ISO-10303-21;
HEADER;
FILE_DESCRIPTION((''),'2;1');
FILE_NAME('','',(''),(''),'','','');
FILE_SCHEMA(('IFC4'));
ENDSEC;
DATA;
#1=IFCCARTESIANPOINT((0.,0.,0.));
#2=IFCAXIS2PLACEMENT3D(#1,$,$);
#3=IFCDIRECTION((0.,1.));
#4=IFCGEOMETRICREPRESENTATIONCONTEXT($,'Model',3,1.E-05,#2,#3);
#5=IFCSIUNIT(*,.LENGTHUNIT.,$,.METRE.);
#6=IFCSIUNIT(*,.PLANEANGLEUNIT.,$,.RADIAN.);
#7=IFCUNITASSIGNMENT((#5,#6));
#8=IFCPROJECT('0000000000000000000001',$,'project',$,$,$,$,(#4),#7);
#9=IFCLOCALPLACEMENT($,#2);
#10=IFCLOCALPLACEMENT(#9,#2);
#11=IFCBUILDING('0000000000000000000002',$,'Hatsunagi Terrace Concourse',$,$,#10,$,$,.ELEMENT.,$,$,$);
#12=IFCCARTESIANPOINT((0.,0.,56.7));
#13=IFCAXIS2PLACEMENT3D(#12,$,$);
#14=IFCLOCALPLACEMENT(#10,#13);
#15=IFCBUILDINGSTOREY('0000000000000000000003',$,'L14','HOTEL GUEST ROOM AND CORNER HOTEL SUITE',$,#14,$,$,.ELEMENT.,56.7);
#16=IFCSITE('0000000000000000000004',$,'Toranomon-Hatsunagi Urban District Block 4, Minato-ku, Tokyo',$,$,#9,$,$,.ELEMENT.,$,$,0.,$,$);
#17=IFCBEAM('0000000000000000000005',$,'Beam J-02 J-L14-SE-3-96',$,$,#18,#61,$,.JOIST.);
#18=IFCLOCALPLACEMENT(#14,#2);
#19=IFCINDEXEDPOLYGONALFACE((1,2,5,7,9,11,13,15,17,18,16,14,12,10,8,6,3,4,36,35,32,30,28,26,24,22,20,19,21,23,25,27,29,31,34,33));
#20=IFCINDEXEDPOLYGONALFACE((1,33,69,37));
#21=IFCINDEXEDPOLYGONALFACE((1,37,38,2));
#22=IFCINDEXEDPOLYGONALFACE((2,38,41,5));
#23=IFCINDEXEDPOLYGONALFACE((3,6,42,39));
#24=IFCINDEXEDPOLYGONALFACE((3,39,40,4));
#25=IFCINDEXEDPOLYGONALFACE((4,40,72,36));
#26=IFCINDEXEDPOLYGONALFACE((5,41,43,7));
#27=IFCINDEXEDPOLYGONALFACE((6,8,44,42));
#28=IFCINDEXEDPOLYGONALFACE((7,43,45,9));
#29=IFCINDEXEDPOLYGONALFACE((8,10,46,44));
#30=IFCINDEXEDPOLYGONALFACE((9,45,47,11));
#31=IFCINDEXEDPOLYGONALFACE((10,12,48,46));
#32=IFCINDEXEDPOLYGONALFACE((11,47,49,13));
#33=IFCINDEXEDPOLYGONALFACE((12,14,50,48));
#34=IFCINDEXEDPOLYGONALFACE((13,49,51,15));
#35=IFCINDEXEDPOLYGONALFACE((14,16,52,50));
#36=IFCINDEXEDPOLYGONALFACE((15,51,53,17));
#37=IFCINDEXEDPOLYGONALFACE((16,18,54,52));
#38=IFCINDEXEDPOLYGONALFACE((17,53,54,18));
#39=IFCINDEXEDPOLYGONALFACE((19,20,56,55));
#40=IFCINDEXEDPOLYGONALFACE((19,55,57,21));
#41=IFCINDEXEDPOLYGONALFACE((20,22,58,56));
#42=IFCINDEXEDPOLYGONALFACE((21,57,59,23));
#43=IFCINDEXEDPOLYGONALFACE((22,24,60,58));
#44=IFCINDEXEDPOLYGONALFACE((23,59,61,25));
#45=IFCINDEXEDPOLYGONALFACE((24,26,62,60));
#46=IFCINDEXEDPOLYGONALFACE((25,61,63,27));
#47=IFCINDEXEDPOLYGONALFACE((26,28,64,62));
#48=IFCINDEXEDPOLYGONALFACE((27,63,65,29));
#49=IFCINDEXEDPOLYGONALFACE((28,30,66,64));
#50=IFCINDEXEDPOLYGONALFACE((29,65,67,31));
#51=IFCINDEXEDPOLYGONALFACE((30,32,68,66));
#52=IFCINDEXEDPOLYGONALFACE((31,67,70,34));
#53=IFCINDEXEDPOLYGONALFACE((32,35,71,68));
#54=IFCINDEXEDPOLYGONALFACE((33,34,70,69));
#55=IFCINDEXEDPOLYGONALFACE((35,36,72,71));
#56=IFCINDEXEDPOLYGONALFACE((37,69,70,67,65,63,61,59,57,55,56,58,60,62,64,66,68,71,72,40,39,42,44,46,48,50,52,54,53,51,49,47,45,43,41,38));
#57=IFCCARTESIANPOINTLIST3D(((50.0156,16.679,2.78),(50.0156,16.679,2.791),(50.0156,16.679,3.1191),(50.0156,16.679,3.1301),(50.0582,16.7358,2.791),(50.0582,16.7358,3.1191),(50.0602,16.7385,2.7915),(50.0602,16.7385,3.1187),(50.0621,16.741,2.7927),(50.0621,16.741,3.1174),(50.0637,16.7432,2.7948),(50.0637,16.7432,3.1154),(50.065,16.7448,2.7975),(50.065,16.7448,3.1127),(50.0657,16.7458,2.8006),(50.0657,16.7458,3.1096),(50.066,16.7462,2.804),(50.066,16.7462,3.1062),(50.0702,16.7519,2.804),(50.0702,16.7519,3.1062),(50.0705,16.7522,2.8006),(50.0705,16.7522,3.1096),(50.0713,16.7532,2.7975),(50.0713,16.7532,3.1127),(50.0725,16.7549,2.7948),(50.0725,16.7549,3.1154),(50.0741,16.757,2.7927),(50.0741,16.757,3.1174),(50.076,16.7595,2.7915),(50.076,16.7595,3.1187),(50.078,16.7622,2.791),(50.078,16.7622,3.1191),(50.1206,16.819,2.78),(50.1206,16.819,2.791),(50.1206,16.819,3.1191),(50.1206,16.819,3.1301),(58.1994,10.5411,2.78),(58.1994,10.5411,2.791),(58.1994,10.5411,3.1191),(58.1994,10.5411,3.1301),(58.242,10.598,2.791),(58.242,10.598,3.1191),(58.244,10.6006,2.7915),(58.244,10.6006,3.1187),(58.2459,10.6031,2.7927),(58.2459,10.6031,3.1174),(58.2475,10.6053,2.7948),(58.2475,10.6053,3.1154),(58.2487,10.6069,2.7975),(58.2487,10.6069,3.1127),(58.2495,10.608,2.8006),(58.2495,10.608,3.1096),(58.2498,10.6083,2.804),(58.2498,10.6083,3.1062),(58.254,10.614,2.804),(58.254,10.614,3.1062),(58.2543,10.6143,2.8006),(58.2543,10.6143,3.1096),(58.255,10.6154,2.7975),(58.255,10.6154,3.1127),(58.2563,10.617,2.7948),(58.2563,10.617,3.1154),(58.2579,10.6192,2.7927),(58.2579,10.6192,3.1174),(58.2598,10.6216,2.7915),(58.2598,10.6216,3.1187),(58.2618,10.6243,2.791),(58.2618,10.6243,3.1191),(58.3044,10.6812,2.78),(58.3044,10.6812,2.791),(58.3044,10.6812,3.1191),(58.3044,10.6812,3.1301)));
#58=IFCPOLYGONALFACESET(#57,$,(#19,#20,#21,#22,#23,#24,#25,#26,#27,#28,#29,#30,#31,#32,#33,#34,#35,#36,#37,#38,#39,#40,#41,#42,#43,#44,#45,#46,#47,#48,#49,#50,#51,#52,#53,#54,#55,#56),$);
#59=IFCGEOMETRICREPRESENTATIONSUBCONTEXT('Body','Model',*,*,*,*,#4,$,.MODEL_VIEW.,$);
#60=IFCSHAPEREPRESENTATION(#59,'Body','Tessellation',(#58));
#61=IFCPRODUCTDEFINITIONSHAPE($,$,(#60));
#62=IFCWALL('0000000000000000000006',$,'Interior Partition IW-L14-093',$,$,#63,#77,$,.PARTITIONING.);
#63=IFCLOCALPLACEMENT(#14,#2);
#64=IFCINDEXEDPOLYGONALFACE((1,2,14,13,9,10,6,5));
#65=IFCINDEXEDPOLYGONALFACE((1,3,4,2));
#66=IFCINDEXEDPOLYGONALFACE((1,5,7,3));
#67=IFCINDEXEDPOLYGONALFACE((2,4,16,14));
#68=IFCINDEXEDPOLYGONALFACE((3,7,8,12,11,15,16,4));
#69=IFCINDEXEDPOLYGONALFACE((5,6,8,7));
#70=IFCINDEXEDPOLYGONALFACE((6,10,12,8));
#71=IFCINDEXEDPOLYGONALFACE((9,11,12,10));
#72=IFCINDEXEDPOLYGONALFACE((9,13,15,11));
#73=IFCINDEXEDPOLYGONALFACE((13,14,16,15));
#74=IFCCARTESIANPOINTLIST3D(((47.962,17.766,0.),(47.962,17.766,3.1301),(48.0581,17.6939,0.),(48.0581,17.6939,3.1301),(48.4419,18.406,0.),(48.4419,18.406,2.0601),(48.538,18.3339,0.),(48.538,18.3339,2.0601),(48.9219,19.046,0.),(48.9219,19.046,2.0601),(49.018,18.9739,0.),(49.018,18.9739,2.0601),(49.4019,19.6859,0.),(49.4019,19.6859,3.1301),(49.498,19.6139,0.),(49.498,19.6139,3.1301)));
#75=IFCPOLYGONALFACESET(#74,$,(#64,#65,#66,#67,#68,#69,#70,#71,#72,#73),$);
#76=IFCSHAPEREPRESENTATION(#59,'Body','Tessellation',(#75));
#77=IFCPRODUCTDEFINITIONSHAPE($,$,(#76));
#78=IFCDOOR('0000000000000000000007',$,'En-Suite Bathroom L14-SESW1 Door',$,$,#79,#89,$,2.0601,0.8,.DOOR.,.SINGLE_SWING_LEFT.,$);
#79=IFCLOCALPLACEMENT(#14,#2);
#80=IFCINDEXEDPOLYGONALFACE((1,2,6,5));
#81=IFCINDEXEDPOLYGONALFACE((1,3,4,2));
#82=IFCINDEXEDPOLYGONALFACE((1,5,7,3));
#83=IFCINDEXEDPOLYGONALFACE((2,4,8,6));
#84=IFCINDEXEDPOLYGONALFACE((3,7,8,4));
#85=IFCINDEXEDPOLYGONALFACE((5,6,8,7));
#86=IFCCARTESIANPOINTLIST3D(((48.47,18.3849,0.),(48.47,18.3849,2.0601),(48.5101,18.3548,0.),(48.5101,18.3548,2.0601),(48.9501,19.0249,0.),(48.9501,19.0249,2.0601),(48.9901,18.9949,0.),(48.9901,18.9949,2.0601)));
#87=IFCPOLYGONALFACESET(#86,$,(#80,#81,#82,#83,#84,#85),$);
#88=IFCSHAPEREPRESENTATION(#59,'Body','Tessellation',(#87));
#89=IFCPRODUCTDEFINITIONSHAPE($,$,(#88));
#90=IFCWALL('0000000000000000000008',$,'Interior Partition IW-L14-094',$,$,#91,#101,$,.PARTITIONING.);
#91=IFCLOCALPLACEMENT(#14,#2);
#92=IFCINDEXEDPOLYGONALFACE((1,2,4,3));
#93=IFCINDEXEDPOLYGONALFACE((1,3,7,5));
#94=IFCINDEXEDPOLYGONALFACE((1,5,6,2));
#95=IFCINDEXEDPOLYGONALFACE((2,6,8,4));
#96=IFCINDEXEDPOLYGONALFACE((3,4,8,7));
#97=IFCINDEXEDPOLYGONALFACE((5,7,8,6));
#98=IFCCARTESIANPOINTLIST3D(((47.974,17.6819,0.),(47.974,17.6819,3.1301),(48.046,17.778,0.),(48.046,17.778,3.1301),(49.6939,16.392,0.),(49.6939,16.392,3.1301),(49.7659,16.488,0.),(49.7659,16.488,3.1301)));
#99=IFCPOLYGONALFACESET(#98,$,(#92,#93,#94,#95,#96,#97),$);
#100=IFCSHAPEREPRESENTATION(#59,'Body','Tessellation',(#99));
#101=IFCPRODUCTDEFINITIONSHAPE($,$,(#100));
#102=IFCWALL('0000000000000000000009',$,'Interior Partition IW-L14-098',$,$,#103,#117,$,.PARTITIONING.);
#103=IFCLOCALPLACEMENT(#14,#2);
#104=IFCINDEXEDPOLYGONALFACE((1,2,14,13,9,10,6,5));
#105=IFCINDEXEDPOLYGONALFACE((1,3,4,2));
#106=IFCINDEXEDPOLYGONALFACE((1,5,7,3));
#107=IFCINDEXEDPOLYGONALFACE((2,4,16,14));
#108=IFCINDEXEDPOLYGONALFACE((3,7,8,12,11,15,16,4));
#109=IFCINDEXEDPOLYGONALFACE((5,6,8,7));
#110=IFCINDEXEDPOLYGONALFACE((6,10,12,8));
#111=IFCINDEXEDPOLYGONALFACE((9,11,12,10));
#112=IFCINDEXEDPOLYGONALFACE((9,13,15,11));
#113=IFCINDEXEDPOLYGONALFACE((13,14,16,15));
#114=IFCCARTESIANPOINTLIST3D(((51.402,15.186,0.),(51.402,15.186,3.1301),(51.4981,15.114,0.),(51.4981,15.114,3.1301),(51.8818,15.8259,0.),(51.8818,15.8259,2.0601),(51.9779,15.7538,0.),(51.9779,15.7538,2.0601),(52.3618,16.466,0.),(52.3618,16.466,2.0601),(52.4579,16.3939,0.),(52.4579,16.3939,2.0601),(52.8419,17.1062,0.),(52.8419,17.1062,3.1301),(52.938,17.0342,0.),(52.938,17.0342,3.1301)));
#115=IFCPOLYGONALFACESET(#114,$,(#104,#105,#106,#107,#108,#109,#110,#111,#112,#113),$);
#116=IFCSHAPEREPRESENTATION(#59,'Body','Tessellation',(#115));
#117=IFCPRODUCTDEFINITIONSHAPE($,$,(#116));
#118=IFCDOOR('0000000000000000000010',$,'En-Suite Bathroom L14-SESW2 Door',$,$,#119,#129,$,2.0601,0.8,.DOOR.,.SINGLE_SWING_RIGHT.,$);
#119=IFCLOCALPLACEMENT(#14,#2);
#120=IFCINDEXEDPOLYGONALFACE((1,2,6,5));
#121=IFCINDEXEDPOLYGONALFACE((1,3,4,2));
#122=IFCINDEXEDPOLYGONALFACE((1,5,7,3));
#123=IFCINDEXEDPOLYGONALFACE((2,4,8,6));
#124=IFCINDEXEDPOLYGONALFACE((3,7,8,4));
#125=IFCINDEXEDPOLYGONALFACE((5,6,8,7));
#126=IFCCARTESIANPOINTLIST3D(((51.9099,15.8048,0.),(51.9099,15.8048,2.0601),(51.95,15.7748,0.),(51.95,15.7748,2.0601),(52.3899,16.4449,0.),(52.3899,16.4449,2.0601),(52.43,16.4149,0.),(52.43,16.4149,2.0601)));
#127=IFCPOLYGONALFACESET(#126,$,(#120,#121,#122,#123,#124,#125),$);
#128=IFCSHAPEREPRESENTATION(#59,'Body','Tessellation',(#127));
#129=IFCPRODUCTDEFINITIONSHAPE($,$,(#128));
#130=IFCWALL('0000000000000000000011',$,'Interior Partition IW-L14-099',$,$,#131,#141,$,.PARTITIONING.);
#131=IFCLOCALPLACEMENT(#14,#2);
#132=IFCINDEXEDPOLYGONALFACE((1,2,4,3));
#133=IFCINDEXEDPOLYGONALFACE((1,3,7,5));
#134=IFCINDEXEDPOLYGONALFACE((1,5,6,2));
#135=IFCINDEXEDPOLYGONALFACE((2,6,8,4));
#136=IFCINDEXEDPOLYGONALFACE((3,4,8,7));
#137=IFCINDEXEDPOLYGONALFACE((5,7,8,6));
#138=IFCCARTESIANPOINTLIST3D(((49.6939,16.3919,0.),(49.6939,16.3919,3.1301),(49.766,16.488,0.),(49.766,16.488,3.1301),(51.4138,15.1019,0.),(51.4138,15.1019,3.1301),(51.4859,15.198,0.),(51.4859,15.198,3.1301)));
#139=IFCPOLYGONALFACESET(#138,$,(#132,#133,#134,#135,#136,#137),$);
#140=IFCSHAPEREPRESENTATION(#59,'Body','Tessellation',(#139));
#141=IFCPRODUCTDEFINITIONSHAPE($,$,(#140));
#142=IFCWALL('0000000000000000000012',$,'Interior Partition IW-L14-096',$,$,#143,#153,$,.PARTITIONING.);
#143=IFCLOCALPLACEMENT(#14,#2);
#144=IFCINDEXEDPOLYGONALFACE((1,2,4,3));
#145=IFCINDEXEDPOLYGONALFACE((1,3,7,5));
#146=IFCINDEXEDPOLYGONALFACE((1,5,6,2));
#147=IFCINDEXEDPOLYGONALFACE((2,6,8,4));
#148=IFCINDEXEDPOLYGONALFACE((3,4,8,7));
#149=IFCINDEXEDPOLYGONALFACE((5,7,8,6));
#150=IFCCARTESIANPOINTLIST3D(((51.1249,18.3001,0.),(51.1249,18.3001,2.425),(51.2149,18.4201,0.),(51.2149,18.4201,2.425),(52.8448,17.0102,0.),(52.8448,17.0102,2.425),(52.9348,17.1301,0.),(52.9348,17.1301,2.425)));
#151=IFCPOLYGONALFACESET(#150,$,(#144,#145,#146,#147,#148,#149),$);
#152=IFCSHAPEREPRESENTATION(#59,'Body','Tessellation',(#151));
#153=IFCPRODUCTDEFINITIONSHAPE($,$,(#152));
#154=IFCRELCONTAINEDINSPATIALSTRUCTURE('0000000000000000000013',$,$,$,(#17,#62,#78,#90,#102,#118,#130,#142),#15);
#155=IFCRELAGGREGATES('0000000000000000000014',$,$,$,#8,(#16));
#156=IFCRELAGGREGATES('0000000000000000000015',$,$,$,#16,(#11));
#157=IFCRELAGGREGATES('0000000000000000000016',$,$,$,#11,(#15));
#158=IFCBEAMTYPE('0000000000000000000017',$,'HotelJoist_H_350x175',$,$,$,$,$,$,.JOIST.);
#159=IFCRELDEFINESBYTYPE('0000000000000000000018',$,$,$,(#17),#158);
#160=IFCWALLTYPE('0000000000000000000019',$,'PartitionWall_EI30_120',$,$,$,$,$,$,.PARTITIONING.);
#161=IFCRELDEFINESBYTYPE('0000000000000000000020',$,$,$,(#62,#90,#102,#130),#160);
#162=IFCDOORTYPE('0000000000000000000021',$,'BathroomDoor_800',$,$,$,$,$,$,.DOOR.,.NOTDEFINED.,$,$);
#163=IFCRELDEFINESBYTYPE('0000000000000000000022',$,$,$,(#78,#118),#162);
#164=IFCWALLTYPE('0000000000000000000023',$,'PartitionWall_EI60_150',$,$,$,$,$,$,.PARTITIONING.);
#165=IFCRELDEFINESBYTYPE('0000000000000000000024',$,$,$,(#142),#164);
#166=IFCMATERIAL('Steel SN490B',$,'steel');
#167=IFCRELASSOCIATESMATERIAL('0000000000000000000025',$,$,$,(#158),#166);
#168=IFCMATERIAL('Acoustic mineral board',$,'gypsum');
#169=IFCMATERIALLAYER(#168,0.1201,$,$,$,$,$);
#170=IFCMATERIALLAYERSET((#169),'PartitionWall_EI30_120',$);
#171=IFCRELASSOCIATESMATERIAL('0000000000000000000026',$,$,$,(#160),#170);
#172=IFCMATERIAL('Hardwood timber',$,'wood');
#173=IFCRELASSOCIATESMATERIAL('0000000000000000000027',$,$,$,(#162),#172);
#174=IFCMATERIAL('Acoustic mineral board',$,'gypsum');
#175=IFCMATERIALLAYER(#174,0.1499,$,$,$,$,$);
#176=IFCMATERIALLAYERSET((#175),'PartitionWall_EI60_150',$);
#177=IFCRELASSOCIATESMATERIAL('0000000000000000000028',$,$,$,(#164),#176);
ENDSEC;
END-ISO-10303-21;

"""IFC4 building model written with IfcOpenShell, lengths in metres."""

from ifc_helpers import new_model, si_unit, direction, frame, frame_2d, origin, origin_2d, place, context, subcontext, project, spatial, rectangle, i_section, extrude, material, layer, layer_set, material_profile, profile_set, type_object, element, fill, save


model = new_model("IFC4")

# Units and contexts
model_context = context("Model", 3, precision=1e-05, world=origin(), true_north=direction((0.0, 1.0)))
body_context = subcontext(model_context, "Body", "Model", "MODEL_VIEW")
ifc_project = project(units=[si_unit("LENGTHUNIT", "METRE"), si_unit("PLANEANGLEUNIT", "RADIAN")], contexts=[model_context])

# Site, building, storey
site_placement = place(None, origin())
site = spatial("IfcSite", under=ifc_project, at=site_placement, Name="Toranomon-Hatsunagi Urban District Block 4, Minato-ku, Tokyo", CompositionType="ELEMENT", RefElevation=0.0)
building_placement = place(site_placement, origin())
building = spatial("IfcBuilding", under=site, at=building_placement, Name="Hatsunagi Terrace Concourse", CompositionType="ELEMENT")
storey_placement = place(building_placement, frame((0.0, 0.0, 56.7)))
storey = spatial("IfcBuildingStorey", under=building, at=storey_placement, Name="L14", Description="HOTEL GUEST ROOM AND CORNER HOTEL SUITE", CompositionType="ELEMENT", Elevation=56.7)

# Beam
ifc_material_1 = material(Name="Steel SN490B", Category="steel")
ifc_material_profile_1 = material_profile(ifc_material_1, i_section(OverallWidth=0.175, OverallDepth=0.3501, WebThickness=0.0071, FlangeThickness=0.011, FilletRadius=0.0129, at=origin_2d()), Name="H-350x175x7x11")
ifc_profile_set_1 = profile_set([ifc_material_profile_1], Name="Steel SN490B")
beam_type_1 = type_object("IfcBeamType", Name="HotelJoist_H_350x175", PredefinedType="JOIST", material=ifc_profile_set_1)
beam_1_placement = place(storey_placement, frame((50.0681, 16.749, 2.9551), z_axis=(0.799997, -0.600004, 0.0), x_axis=(0.600004, 0.799997, 0.0)))
element("IfcBeam", 1, at=beam_1_placement, inside=storey, type_object=beam_type_1, Name="Beam J-02 J-L14-SE-3-96", PredefinedType="JOIST", context=body_context, shape_type="SweptSolid", body=[
    extrude(i_section(OverallWidth=0.175, OverallDepth=0.3501, WebThickness=0.0071, FlangeThickness=0.011, FilletRadius=0.0129, at=origin_2d()), origin(), (0.0, 0.0, 1.0), 10.2297),
])

# Wall, opening, door
ifc_material_2 = material(Name="Acoustic mineral board", Category="gypsum")
ifc_layer_1 = layer(ifc_material_2, 0.1201)
ifc_layer_set_1 = layer_set([ifc_layer_1], Name="PartitionWall_EI30_120")
wall_type_1 = type_object("IfcWallType", Name="PartitionWall_EI30_120", PredefinedType="PARTITIONING", material=ifc_layer_set_1)
wall_1_placement = place(storey_placement, frame((48.01, 17.73, 0.0), z_axis=(0.0, 0.0, 1.0), x_axis=(0.6, 0.8, 0.0)))
wall_1 = element("IfcWall", 2, at=wall_1_placement, inside=storey, type_object=wall_type_1, Name="Interior Partition IW-L14-093", PredefinedType="PARTITIONING", context=body_context, shape_type="SweptSolid", body=[
    extrude(rectangle(XDim=2.3999, YDim=0.1201, at=frame_2d((1.2, 0.0))), origin(), (0.0, 0.0, 1.0), 3.1301),
])
opening_1_placement = place(wall_1_placement, frame((0.8, 0.0, 0.0)))
opening_1 = element("IfcOpeningElement", 3, at=opening_1_placement, cuts=wall_1, PredefinedType="OPENING", context=body_context, shape_type="SweptSolid", body=[
    extrude(rectangle(XDim=0.8, YDim=2.0601, at=frame_2d((0.3999, 1.03))), frame((0.0, 0.0701, 0.0), z_axis=(0.0, -1.0, 0.0), x_axis=(1.0, 0.0, 0.0)), (0.0, 0.0, 1.0), 0.1401),
])
ifc_material_3 = material(Name="Hardwood timber", Category="wood")
door_type_1 = type_object("IfcDoorType", Name="BathroomDoor_800", OperationType="NOTDEFINED", PredefinedType="DOOR", material=ifc_material_3)
door_1_placement = place(opening_1_placement, origin())
door_1 = element("IfcDoor", 4, at=door_1_placement, inside=storey, type_object=door_type_1, Name="En-Suite Bathroom L14-SESW1 Door", OperationType="SINGLE_SWING_LEFT", OverallHeight=2.0601, OverallWidth=0.8, PredefinedType="DOOR", context=body_context, shape_type="SweptSolid", body=[
    extrude(rectangle(XDim=0.8, YDim=2.0601, at=frame_2d((0.3999, 1.03))), frame((0.0, 0.0249, 0.0), z_axis=(0.0, -1.0, 0.0), x_axis=(1.0, 0.0, 0.0)), (0.0, 0.0, 1.0), 0.05),
])
fill(opening_1, door_1)

# Wall
wall_2_placement = place(storey_placement, frame((48.01, 17.73, 0.0), z_axis=(0.0, 0.0, 1.0), x_axis=(0.799986, -0.600018, 0.0)))
element("IfcWall", 5, at=wall_2_placement, inside=storey, type_object=wall_type_1, Name="Interior Partition IW-L14-094", PredefinedType="PARTITIONING", context=body_context, shape_type="SweptSolid", body=[
    extrude(rectangle(XDim=2.1499, YDim=0.1201, at=frame_2d((1.075, 0.0))), origin(), (0.0, 0.0, 1.0), 3.1301),
])

# Wall, opening, door
wall_3_placement = place(storey_placement, frame((51.45, 15.1499, 0.0), z_axis=(0.0, 0.0, 1.0), x_axis=(0.599951, 0.800037, 0.0)))
wall_3 = element("IfcWall", 6, at=wall_3_placement, inside=storey, type_object=wall_type_1, Name="Interior Partition IW-L14-098", PredefinedType="PARTITIONING", context=body_context, shape_type="SweptSolid", body=[
    extrude(rectangle(XDim=2.4001, YDim=0.1201, at=frame_2d((1.2002, 0.0))), origin(), (0.0, 0.0, 1.0), 3.1301),
])
opening_2_placement = place(wall_3_placement, frame((0.8, 0.0, 0.0)))
opening_2 = element("IfcOpeningElement", 7, at=opening_2_placement, cuts=wall_3, PredefinedType="OPENING", context=body_context, shape_type="SweptSolid", body=[
    extrude(rectangle(XDim=0.8, YDim=2.0601, at=frame_2d((0.3999, 1.03))), frame((0.0, 0.0701, 0.0), z_axis=(0.0, -1.0, 0.0), x_axis=(1.0, 0.0, 0.0)), (0.0, 0.0, 1.0), 0.1401),
])
door_2_placement = place(opening_2_placement, origin())
door_2 = element("IfcDoor", 8, at=door_2_placement, inside=storey, type_object=door_type_1, Name="En-Suite Bathroom L14-SESW2 Door", OperationType="SINGLE_SWING_RIGHT", OverallHeight=2.0601, OverallWidth=0.8, PredefinedType="DOOR", context=body_context, shape_type="SweptSolid", body=[
    extrude(rectangle(XDim=0.8, YDim=2.0601, at=frame_2d((0.3999, 1.03))), frame((0.0, 0.0249, 0.0), z_axis=(0.0, -1.0, 0.0), x_axis=(1.0, 0.0, 0.0)), (0.0, 0.0, 1.0), 0.05),
])
fill(opening_2, door_2)

# Walls
wall_4_placement = place(storey_placement, frame((49.73, 16.4399, 0.0), z_axis=(0.0, 0.0, 1.0), x_axis=(0.799986, -0.600018, 0.0)))
element("IfcWall", 9, at=wall_4_placement, inside=storey, type_object=wall_type_1, Name="Interior Partition IW-L14-099", PredefinedType="PARTITIONING", context=body_context, shape_type="SweptSolid", body=[
    extrude(rectangle(XDim=2.1499, YDim=0.1201, at=frame_2d((1.075, 0.0))), origin(), (0.0, 0.0, 1.0), 3.1301),
])
ifc_material_4 = material(Name="Acoustic mineral board", Category="gypsum")
ifc_layer_2 = layer(ifc_material_4, 0.1499)
ifc_layer_set_2 = layer_set([ifc_layer_2], Name="PartitionWall_EI60_150")
wall_type_2 = type_object("IfcWallType", Name="PartitionWall_EI60_150", PredefinedType="PARTITIONING", material=ifc_layer_set_2)
wall_5_placement = place(storey_placement, frame((51.1699, 18.3601, 0.0), z_axis=(0.0, 0.0, 1.0), x_axis=(0.799986, -0.600018, 0.0)))
element("IfcWall", 10, at=wall_5_placement, inside=storey, type_object=wall_type_2, Name="Interior Partition IW-L14-096", PredefinedType="PARTITIONING", context=body_context, shape_type="SweptSolid", body=[
    extrude(rectangle(XDim=2.1499, YDim=0.1499, at=frame_2d((1.075, 0.0))), origin(), (0.0, 0.0, 1.0), 2.425),
])

save(model, "model.ifc")
